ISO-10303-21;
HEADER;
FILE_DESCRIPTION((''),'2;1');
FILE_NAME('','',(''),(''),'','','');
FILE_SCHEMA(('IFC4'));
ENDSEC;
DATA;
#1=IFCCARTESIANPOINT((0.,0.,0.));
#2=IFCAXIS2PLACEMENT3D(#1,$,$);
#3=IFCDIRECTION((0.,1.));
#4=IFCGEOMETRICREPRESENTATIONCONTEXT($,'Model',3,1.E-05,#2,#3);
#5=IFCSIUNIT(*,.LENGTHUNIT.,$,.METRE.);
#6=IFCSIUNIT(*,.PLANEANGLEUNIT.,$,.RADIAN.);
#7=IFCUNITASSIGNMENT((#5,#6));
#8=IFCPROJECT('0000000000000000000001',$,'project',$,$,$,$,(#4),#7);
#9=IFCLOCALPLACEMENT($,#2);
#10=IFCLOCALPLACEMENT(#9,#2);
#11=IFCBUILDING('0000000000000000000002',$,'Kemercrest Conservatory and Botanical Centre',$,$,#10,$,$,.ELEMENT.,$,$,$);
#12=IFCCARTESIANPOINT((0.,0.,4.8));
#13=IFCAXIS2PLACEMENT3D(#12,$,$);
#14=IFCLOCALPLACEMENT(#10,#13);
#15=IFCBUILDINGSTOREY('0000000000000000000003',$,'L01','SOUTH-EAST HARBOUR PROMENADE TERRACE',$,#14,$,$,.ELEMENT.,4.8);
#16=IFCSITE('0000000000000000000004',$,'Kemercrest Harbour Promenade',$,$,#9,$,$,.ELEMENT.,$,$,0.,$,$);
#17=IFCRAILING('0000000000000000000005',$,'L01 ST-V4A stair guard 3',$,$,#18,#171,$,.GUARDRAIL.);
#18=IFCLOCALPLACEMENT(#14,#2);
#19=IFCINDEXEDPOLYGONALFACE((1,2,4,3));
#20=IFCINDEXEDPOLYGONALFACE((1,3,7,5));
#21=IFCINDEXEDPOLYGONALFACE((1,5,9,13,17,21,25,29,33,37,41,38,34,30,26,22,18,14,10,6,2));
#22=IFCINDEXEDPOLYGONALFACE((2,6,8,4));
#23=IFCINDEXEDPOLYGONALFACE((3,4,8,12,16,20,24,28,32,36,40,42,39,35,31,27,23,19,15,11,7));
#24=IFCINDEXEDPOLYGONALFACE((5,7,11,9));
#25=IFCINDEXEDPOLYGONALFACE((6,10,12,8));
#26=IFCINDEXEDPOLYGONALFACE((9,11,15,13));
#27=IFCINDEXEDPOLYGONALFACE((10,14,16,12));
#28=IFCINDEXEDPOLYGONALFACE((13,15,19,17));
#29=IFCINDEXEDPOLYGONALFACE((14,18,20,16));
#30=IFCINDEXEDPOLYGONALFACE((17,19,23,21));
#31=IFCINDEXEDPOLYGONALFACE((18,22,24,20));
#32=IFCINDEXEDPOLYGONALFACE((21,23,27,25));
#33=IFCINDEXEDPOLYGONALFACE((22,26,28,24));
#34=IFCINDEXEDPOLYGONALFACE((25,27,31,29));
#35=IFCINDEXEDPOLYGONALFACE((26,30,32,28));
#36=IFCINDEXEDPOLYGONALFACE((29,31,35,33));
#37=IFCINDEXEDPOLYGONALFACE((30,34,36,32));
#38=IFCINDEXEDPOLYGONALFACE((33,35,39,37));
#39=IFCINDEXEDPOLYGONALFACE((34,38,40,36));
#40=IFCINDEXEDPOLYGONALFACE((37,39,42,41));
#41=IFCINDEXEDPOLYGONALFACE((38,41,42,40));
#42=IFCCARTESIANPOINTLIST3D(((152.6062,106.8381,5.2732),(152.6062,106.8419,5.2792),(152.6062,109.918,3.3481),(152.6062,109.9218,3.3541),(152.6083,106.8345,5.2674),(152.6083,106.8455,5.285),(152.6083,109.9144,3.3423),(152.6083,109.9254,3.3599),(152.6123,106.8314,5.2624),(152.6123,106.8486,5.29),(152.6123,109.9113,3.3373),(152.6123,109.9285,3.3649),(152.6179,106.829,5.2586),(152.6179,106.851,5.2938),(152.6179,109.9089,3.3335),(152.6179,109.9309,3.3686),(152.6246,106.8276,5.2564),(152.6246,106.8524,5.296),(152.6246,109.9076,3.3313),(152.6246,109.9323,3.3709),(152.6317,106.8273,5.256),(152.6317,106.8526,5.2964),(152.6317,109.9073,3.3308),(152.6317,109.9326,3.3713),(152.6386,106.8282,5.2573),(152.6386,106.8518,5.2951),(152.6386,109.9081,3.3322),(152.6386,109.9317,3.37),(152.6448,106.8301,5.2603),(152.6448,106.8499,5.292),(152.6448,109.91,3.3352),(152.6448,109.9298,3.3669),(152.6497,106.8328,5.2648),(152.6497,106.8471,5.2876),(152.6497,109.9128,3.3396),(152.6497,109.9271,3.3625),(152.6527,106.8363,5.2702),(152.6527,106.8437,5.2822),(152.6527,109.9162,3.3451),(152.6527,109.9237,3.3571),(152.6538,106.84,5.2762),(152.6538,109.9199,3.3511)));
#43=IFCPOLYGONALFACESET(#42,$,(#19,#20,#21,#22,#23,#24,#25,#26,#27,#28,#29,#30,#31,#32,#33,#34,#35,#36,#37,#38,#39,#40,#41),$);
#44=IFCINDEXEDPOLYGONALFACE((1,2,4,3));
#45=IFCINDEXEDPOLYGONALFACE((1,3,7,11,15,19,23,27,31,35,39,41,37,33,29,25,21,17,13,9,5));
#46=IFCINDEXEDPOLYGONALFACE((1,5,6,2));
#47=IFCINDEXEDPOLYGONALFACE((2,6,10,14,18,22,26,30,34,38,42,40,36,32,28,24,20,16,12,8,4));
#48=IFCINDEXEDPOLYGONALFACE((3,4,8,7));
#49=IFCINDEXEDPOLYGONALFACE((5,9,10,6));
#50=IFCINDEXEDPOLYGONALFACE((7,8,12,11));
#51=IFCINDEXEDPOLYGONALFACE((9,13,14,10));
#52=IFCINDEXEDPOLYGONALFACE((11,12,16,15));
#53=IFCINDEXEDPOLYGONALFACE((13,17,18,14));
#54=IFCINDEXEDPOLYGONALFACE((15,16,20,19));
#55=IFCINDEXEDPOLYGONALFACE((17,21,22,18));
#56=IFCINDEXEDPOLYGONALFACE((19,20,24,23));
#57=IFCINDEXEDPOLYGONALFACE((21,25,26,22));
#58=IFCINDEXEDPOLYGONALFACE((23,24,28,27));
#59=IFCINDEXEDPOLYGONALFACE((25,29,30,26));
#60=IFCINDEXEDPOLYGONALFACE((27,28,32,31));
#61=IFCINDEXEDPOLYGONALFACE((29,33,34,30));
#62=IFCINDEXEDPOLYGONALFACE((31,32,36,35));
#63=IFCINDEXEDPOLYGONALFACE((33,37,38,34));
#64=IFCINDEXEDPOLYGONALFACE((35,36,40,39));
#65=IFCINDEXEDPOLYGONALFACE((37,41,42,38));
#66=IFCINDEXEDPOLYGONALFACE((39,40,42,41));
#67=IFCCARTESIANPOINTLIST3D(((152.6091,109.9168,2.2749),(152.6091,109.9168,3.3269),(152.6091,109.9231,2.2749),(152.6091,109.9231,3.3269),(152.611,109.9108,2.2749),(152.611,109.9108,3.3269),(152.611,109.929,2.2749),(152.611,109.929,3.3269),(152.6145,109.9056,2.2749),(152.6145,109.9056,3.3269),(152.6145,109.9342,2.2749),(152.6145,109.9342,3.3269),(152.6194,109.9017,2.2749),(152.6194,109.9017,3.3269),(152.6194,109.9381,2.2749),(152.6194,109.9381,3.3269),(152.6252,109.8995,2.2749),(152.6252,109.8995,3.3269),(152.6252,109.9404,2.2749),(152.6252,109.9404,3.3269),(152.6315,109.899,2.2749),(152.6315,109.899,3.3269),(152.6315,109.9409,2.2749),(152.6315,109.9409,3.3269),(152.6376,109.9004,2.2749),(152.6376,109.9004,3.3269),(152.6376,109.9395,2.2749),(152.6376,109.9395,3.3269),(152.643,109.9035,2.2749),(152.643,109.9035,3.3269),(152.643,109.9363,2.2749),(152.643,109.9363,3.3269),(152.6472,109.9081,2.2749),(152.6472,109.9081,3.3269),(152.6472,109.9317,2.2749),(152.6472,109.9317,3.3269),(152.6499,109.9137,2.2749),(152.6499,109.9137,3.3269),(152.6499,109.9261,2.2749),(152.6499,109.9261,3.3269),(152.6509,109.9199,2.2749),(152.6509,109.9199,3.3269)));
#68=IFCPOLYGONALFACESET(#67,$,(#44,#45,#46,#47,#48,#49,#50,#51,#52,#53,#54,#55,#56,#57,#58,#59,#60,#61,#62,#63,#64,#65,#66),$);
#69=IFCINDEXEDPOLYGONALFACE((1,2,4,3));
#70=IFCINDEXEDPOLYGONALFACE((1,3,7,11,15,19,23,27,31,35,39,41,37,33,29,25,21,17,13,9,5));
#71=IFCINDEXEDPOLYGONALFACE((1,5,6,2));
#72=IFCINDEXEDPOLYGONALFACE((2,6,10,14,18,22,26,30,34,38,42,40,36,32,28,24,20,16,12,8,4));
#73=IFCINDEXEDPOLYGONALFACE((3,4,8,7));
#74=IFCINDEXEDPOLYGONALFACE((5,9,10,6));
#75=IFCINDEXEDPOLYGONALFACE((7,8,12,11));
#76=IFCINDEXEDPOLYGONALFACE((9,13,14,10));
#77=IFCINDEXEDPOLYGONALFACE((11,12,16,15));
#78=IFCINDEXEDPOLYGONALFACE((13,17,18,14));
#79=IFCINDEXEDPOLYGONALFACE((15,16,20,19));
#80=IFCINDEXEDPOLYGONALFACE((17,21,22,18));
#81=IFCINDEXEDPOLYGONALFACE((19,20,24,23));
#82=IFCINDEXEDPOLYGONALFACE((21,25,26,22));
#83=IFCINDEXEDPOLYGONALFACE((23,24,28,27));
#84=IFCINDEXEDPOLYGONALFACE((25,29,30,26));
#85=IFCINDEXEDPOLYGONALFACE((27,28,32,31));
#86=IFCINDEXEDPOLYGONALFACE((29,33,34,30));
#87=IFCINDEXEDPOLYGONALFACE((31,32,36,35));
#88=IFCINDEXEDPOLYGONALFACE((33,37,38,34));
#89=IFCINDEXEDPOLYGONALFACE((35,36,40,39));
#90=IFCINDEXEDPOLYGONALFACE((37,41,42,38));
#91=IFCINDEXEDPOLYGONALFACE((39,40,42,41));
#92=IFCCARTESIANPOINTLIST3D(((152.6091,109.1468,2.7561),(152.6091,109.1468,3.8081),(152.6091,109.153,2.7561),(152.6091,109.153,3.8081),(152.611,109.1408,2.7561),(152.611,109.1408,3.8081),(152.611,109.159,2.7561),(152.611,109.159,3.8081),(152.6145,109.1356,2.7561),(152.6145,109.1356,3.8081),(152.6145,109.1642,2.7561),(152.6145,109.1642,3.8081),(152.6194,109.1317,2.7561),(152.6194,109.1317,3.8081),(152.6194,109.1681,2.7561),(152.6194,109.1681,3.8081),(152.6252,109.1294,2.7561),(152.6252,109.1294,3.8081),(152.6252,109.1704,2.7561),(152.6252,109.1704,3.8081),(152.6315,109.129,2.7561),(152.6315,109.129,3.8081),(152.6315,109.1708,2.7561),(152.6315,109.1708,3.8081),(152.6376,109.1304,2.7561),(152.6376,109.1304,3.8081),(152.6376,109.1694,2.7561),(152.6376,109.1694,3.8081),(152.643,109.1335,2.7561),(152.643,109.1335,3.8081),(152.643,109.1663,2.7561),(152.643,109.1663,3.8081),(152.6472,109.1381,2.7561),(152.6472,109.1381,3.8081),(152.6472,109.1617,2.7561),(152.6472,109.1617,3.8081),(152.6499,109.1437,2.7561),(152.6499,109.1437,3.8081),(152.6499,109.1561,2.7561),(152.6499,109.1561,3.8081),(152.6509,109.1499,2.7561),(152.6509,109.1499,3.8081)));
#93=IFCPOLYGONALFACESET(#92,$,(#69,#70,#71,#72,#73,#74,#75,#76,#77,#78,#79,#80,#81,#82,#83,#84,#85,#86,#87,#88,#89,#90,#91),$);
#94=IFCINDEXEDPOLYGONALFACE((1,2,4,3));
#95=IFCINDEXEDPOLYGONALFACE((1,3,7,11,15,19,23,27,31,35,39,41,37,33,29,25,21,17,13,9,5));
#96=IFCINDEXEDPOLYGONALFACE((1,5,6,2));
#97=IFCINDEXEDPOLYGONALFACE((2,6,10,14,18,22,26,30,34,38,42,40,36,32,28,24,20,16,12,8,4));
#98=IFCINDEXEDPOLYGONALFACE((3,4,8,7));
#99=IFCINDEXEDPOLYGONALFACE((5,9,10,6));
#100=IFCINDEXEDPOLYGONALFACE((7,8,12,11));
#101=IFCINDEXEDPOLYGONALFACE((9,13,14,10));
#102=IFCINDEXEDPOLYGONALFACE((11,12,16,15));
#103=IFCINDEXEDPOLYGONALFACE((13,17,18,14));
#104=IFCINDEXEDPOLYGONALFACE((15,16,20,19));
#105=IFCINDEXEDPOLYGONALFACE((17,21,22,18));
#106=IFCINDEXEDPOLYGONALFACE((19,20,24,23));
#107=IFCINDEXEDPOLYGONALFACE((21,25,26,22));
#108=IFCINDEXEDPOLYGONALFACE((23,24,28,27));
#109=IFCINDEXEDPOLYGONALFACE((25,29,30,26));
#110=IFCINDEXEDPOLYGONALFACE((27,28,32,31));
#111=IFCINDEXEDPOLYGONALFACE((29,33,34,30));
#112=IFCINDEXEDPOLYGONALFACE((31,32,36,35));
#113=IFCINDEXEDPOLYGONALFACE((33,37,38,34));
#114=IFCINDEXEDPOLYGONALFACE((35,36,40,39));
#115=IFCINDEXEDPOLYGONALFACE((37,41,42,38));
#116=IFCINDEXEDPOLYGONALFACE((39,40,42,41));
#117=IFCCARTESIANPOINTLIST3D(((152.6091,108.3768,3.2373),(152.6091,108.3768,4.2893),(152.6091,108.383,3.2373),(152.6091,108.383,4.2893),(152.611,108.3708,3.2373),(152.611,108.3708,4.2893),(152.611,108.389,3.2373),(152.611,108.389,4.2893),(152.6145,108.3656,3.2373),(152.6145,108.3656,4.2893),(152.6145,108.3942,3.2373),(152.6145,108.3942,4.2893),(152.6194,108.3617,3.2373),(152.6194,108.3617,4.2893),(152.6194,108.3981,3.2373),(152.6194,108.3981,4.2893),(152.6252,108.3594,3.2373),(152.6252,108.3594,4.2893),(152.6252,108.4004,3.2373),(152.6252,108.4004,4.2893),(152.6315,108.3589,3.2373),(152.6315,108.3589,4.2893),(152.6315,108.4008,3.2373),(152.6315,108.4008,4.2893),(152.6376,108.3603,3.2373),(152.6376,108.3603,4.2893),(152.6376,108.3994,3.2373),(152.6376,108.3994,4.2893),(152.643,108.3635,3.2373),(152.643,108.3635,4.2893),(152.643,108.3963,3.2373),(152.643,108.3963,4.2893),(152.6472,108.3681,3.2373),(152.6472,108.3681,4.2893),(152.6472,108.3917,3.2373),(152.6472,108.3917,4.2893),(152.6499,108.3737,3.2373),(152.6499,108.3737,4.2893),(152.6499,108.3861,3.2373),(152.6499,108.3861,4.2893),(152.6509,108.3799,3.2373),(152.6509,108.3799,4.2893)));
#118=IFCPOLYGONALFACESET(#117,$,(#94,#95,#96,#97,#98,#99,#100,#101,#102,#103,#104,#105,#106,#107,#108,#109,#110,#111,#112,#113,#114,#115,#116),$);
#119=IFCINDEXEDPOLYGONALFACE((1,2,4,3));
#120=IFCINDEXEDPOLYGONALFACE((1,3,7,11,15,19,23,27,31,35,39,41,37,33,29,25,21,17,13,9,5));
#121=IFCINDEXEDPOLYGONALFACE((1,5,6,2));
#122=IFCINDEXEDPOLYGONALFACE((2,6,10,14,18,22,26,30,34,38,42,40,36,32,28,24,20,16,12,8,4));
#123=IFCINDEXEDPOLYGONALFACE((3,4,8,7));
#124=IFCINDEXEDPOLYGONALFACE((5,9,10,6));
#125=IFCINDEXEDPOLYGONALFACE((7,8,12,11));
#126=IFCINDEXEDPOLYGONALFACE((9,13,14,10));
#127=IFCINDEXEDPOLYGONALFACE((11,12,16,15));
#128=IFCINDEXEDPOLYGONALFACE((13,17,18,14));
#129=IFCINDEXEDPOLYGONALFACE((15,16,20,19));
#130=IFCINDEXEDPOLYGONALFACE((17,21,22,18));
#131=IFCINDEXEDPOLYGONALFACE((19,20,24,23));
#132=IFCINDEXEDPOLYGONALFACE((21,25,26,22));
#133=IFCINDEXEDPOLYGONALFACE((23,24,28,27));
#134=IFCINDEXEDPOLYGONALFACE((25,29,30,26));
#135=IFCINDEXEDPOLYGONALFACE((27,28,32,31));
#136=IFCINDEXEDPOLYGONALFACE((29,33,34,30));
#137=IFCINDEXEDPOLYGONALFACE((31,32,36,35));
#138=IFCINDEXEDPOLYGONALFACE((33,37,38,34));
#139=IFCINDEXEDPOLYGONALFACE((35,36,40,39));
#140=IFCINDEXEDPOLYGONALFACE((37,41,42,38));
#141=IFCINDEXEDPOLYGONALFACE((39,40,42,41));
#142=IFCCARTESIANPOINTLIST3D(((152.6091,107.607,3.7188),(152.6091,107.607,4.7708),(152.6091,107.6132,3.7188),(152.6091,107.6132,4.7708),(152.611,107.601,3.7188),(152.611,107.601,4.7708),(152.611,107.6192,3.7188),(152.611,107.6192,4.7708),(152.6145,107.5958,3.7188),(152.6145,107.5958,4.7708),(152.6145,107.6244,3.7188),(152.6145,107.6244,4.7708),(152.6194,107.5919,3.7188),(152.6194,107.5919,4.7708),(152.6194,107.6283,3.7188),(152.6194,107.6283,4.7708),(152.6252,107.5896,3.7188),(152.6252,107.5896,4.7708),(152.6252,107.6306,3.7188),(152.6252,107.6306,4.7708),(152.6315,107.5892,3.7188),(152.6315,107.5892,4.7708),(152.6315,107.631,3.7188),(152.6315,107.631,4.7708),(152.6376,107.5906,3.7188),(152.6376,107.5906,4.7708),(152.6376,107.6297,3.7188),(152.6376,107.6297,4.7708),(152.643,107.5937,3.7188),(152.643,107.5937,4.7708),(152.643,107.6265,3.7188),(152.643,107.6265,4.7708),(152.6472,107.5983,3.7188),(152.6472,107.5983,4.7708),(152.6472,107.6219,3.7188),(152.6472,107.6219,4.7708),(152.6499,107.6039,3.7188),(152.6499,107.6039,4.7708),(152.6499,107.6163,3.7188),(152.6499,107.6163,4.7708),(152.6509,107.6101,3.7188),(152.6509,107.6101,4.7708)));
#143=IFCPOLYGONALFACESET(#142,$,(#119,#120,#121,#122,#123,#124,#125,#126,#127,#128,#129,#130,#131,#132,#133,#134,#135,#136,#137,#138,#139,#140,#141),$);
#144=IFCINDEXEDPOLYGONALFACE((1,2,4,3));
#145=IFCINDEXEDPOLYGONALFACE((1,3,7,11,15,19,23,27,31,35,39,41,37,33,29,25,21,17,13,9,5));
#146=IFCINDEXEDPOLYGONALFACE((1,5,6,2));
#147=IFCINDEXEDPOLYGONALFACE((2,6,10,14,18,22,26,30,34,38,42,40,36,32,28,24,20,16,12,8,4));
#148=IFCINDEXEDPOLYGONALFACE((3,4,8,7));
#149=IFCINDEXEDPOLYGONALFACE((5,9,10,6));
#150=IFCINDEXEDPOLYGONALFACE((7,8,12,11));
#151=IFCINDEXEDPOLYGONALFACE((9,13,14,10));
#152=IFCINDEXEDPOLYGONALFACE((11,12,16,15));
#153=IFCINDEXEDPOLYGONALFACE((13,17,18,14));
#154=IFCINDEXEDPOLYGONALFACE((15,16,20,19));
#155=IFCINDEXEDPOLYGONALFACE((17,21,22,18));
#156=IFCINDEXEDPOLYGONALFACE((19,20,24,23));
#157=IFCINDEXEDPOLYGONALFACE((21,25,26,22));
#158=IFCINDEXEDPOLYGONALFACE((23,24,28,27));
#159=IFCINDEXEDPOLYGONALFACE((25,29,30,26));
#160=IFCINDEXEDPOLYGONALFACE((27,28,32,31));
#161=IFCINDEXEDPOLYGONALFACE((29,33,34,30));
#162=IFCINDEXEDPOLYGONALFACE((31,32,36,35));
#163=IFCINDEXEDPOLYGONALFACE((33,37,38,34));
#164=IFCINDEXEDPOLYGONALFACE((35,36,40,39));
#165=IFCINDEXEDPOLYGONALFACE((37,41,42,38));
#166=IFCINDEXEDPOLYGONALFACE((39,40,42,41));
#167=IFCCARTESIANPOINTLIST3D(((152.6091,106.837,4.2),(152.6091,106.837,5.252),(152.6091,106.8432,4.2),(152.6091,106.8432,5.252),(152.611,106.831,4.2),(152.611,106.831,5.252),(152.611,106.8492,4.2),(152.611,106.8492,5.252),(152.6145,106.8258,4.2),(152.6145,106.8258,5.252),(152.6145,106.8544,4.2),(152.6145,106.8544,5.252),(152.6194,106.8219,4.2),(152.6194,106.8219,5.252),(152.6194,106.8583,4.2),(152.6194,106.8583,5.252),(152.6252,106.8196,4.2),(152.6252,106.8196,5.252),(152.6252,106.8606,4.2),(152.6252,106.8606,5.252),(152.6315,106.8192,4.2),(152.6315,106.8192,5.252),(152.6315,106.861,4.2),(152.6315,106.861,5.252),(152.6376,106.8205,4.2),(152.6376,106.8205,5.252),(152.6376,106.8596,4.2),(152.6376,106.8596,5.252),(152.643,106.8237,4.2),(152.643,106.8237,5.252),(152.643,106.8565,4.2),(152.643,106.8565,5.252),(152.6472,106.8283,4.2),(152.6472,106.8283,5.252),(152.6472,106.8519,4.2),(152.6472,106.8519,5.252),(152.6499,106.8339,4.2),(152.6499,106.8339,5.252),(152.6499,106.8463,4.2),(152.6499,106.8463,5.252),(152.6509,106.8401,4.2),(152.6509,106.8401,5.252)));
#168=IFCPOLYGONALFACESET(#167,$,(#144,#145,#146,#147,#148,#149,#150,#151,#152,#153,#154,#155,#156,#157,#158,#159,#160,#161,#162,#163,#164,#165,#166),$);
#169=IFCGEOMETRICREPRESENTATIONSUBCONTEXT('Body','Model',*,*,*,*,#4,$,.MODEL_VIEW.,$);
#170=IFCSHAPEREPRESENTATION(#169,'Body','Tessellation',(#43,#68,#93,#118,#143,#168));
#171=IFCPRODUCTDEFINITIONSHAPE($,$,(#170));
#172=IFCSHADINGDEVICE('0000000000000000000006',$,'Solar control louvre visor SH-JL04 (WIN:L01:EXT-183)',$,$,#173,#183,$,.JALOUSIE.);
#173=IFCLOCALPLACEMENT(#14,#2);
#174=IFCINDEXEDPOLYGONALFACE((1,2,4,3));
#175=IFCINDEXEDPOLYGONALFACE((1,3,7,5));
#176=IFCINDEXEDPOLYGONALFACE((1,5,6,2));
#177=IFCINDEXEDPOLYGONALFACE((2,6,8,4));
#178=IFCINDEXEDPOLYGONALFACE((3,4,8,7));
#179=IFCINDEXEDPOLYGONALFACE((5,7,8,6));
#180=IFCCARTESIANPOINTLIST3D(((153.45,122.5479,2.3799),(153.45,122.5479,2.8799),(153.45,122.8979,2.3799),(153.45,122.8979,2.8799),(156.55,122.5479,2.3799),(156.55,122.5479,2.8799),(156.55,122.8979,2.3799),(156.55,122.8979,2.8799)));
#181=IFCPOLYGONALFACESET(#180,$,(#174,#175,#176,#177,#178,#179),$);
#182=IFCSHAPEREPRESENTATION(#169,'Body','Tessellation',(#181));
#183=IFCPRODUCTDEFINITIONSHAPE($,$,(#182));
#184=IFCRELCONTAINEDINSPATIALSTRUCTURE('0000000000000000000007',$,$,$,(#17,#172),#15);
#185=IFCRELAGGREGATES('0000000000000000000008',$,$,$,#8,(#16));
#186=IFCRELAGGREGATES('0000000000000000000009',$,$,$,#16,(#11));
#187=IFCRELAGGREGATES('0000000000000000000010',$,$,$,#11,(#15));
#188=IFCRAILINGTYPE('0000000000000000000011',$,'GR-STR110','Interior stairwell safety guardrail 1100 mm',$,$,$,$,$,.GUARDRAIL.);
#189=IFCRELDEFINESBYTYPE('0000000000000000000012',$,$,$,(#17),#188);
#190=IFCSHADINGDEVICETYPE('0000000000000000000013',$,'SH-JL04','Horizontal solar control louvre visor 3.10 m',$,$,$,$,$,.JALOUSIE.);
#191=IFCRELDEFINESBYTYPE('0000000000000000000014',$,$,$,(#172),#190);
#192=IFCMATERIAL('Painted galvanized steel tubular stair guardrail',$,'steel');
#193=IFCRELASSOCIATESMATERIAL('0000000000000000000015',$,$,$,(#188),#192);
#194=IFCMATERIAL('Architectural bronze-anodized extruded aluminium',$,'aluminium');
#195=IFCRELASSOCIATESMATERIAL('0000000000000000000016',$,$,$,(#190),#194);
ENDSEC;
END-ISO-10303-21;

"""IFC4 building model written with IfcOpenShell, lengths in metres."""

from ifc_helpers import new_model, si_unit, direction, frame, origin, origin_2d, place, context, subcontext, project, spatial, rectangle, circle, extrude, material, type_object, element, save


model = new_model("IFC4")

# Units and contexts
model_context = context("Model", 3, precision=1e-05, world=origin(), true_north=direction((0.0, 1.0)))
body_context = subcontext(model_context, "Body", "Model", "MODEL_VIEW")
ifc_project = project(units=[si_unit("LENGTHUNIT", "METRE"), si_unit("PLANEANGLEUNIT", "RADIAN")], contexts=[model_context])

# Site, building, storey
site_placement = place(None, origin())
site = spatial("IfcSite", under=ifc_project, at=site_placement, Name="Kemercrest Harbour Promenade", CompositionType="ELEMENT", RefElevation=0.0)
building_placement = place(site_placement, origin())
building = spatial("IfcBuilding", under=site, at=building_placement, Name="Kemercrest Conservatory and Botanical Centre", CompositionType="ELEMENT")
storey_placement = place(building_placement, frame((0.0, 0.0, 4.8)))
storey = spatial("IfcBuildingStorey", under=building, at=storey_placement, Name="L01", Description="SOUTH-EAST HARBOUR PROMENADE TERRACE", CompositionType="ELEMENT", Elevation=4.8)

# Railing
ifc_material_1 = material(Name="Painted galvanized steel tubular stair guardrail", Category="steel")
railing_type = type_object("IfcRailingType", Name="GR-STR110", Description="Interior stairwell safety guardrail 1100 mm", PredefinedType="GUARDRAIL", material=ifc_material_1)
railing_1_placement = place(storey_placement, frame((152.6299, 109.9199, 2.2749)))
element("IfcRailing", 1, at=railing_1_placement, inside=storey, type_object=railing_type, Name="L01 ST-V4A stair guard 3", PredefinedType="GUARDRAIL", context=body_context, shape_type="SweptSolid", body=[
    extrude(circle(Radius=0.0239, at=origin_2d()), frame((0.0, 0.0, 1.0762), z_axis=(0.0, -0.847979, 0.530029), x_axis=(1.0, 0.0, 0.0)), (0.0, 0.0, 1.0), 3.6321),
    extrude(circle(Radius=0.021, at=origin_2d()), origin(), (0.0, 0.0, 1.0), 1.052),
    extrude(circle(Radius=0.021, at=origin_2d()), frame((0.0, -0.77, 0.4812)), (0.0, 0.0, 1.0), 1.052),
    extrude(circle(Radius=0.021, at=origin_2d()), frame((0.0, -1.54, 0.9624)), (0.0, 0.0, 1.0), 1.052),
    extrude(circle(Radius=0.021, at=origin_2d()), frame((0.0, -2.3098, 1.4438)), (0.0, 0.0, 1.0), 1.052),
    extrude(circle(Radius=0.021, at=origin_2d()), frame((0.0, -3.0798, 1.925)), (0.0, 0.0, 1.0), 1.052),
])

# Shading device
ifc_material_2 = material(Name="Architectural bronze-anodized extruded aluminium", Category="aluminium")
shading_device_type = type_object("IfcShadingDeviceType", Name="SH-JL04", Description="Horizontal solar control louvre visor 3.10 m", PredefinedType="JALOUSIE", material=ifc_material_2)
shading_device_placement = place(storey_placement, frame((155.0, 122.7229, 2.3799), z_axis=(0.0, 0.0, 1.0), x_axis=(-1.0, 0.0, 0.0)))
element("IfcShadingDevice", 2, at=shading_device_placement, inside=storey, type_object=shading_device_type, Name="Solar control louvre visor SH-JL04 (WIN:L01:EXT-183)", PredefinedType="JALOUSIE", context=body_context, shape_type="SweptSolid", body=[
    extrude(rectangle(XDim=3.1001, YDim=0.3501, at=origin_2d()), origin(), (0.0, 0.0, 1.0), 0.5),
])

save(model, "model.ifc")
